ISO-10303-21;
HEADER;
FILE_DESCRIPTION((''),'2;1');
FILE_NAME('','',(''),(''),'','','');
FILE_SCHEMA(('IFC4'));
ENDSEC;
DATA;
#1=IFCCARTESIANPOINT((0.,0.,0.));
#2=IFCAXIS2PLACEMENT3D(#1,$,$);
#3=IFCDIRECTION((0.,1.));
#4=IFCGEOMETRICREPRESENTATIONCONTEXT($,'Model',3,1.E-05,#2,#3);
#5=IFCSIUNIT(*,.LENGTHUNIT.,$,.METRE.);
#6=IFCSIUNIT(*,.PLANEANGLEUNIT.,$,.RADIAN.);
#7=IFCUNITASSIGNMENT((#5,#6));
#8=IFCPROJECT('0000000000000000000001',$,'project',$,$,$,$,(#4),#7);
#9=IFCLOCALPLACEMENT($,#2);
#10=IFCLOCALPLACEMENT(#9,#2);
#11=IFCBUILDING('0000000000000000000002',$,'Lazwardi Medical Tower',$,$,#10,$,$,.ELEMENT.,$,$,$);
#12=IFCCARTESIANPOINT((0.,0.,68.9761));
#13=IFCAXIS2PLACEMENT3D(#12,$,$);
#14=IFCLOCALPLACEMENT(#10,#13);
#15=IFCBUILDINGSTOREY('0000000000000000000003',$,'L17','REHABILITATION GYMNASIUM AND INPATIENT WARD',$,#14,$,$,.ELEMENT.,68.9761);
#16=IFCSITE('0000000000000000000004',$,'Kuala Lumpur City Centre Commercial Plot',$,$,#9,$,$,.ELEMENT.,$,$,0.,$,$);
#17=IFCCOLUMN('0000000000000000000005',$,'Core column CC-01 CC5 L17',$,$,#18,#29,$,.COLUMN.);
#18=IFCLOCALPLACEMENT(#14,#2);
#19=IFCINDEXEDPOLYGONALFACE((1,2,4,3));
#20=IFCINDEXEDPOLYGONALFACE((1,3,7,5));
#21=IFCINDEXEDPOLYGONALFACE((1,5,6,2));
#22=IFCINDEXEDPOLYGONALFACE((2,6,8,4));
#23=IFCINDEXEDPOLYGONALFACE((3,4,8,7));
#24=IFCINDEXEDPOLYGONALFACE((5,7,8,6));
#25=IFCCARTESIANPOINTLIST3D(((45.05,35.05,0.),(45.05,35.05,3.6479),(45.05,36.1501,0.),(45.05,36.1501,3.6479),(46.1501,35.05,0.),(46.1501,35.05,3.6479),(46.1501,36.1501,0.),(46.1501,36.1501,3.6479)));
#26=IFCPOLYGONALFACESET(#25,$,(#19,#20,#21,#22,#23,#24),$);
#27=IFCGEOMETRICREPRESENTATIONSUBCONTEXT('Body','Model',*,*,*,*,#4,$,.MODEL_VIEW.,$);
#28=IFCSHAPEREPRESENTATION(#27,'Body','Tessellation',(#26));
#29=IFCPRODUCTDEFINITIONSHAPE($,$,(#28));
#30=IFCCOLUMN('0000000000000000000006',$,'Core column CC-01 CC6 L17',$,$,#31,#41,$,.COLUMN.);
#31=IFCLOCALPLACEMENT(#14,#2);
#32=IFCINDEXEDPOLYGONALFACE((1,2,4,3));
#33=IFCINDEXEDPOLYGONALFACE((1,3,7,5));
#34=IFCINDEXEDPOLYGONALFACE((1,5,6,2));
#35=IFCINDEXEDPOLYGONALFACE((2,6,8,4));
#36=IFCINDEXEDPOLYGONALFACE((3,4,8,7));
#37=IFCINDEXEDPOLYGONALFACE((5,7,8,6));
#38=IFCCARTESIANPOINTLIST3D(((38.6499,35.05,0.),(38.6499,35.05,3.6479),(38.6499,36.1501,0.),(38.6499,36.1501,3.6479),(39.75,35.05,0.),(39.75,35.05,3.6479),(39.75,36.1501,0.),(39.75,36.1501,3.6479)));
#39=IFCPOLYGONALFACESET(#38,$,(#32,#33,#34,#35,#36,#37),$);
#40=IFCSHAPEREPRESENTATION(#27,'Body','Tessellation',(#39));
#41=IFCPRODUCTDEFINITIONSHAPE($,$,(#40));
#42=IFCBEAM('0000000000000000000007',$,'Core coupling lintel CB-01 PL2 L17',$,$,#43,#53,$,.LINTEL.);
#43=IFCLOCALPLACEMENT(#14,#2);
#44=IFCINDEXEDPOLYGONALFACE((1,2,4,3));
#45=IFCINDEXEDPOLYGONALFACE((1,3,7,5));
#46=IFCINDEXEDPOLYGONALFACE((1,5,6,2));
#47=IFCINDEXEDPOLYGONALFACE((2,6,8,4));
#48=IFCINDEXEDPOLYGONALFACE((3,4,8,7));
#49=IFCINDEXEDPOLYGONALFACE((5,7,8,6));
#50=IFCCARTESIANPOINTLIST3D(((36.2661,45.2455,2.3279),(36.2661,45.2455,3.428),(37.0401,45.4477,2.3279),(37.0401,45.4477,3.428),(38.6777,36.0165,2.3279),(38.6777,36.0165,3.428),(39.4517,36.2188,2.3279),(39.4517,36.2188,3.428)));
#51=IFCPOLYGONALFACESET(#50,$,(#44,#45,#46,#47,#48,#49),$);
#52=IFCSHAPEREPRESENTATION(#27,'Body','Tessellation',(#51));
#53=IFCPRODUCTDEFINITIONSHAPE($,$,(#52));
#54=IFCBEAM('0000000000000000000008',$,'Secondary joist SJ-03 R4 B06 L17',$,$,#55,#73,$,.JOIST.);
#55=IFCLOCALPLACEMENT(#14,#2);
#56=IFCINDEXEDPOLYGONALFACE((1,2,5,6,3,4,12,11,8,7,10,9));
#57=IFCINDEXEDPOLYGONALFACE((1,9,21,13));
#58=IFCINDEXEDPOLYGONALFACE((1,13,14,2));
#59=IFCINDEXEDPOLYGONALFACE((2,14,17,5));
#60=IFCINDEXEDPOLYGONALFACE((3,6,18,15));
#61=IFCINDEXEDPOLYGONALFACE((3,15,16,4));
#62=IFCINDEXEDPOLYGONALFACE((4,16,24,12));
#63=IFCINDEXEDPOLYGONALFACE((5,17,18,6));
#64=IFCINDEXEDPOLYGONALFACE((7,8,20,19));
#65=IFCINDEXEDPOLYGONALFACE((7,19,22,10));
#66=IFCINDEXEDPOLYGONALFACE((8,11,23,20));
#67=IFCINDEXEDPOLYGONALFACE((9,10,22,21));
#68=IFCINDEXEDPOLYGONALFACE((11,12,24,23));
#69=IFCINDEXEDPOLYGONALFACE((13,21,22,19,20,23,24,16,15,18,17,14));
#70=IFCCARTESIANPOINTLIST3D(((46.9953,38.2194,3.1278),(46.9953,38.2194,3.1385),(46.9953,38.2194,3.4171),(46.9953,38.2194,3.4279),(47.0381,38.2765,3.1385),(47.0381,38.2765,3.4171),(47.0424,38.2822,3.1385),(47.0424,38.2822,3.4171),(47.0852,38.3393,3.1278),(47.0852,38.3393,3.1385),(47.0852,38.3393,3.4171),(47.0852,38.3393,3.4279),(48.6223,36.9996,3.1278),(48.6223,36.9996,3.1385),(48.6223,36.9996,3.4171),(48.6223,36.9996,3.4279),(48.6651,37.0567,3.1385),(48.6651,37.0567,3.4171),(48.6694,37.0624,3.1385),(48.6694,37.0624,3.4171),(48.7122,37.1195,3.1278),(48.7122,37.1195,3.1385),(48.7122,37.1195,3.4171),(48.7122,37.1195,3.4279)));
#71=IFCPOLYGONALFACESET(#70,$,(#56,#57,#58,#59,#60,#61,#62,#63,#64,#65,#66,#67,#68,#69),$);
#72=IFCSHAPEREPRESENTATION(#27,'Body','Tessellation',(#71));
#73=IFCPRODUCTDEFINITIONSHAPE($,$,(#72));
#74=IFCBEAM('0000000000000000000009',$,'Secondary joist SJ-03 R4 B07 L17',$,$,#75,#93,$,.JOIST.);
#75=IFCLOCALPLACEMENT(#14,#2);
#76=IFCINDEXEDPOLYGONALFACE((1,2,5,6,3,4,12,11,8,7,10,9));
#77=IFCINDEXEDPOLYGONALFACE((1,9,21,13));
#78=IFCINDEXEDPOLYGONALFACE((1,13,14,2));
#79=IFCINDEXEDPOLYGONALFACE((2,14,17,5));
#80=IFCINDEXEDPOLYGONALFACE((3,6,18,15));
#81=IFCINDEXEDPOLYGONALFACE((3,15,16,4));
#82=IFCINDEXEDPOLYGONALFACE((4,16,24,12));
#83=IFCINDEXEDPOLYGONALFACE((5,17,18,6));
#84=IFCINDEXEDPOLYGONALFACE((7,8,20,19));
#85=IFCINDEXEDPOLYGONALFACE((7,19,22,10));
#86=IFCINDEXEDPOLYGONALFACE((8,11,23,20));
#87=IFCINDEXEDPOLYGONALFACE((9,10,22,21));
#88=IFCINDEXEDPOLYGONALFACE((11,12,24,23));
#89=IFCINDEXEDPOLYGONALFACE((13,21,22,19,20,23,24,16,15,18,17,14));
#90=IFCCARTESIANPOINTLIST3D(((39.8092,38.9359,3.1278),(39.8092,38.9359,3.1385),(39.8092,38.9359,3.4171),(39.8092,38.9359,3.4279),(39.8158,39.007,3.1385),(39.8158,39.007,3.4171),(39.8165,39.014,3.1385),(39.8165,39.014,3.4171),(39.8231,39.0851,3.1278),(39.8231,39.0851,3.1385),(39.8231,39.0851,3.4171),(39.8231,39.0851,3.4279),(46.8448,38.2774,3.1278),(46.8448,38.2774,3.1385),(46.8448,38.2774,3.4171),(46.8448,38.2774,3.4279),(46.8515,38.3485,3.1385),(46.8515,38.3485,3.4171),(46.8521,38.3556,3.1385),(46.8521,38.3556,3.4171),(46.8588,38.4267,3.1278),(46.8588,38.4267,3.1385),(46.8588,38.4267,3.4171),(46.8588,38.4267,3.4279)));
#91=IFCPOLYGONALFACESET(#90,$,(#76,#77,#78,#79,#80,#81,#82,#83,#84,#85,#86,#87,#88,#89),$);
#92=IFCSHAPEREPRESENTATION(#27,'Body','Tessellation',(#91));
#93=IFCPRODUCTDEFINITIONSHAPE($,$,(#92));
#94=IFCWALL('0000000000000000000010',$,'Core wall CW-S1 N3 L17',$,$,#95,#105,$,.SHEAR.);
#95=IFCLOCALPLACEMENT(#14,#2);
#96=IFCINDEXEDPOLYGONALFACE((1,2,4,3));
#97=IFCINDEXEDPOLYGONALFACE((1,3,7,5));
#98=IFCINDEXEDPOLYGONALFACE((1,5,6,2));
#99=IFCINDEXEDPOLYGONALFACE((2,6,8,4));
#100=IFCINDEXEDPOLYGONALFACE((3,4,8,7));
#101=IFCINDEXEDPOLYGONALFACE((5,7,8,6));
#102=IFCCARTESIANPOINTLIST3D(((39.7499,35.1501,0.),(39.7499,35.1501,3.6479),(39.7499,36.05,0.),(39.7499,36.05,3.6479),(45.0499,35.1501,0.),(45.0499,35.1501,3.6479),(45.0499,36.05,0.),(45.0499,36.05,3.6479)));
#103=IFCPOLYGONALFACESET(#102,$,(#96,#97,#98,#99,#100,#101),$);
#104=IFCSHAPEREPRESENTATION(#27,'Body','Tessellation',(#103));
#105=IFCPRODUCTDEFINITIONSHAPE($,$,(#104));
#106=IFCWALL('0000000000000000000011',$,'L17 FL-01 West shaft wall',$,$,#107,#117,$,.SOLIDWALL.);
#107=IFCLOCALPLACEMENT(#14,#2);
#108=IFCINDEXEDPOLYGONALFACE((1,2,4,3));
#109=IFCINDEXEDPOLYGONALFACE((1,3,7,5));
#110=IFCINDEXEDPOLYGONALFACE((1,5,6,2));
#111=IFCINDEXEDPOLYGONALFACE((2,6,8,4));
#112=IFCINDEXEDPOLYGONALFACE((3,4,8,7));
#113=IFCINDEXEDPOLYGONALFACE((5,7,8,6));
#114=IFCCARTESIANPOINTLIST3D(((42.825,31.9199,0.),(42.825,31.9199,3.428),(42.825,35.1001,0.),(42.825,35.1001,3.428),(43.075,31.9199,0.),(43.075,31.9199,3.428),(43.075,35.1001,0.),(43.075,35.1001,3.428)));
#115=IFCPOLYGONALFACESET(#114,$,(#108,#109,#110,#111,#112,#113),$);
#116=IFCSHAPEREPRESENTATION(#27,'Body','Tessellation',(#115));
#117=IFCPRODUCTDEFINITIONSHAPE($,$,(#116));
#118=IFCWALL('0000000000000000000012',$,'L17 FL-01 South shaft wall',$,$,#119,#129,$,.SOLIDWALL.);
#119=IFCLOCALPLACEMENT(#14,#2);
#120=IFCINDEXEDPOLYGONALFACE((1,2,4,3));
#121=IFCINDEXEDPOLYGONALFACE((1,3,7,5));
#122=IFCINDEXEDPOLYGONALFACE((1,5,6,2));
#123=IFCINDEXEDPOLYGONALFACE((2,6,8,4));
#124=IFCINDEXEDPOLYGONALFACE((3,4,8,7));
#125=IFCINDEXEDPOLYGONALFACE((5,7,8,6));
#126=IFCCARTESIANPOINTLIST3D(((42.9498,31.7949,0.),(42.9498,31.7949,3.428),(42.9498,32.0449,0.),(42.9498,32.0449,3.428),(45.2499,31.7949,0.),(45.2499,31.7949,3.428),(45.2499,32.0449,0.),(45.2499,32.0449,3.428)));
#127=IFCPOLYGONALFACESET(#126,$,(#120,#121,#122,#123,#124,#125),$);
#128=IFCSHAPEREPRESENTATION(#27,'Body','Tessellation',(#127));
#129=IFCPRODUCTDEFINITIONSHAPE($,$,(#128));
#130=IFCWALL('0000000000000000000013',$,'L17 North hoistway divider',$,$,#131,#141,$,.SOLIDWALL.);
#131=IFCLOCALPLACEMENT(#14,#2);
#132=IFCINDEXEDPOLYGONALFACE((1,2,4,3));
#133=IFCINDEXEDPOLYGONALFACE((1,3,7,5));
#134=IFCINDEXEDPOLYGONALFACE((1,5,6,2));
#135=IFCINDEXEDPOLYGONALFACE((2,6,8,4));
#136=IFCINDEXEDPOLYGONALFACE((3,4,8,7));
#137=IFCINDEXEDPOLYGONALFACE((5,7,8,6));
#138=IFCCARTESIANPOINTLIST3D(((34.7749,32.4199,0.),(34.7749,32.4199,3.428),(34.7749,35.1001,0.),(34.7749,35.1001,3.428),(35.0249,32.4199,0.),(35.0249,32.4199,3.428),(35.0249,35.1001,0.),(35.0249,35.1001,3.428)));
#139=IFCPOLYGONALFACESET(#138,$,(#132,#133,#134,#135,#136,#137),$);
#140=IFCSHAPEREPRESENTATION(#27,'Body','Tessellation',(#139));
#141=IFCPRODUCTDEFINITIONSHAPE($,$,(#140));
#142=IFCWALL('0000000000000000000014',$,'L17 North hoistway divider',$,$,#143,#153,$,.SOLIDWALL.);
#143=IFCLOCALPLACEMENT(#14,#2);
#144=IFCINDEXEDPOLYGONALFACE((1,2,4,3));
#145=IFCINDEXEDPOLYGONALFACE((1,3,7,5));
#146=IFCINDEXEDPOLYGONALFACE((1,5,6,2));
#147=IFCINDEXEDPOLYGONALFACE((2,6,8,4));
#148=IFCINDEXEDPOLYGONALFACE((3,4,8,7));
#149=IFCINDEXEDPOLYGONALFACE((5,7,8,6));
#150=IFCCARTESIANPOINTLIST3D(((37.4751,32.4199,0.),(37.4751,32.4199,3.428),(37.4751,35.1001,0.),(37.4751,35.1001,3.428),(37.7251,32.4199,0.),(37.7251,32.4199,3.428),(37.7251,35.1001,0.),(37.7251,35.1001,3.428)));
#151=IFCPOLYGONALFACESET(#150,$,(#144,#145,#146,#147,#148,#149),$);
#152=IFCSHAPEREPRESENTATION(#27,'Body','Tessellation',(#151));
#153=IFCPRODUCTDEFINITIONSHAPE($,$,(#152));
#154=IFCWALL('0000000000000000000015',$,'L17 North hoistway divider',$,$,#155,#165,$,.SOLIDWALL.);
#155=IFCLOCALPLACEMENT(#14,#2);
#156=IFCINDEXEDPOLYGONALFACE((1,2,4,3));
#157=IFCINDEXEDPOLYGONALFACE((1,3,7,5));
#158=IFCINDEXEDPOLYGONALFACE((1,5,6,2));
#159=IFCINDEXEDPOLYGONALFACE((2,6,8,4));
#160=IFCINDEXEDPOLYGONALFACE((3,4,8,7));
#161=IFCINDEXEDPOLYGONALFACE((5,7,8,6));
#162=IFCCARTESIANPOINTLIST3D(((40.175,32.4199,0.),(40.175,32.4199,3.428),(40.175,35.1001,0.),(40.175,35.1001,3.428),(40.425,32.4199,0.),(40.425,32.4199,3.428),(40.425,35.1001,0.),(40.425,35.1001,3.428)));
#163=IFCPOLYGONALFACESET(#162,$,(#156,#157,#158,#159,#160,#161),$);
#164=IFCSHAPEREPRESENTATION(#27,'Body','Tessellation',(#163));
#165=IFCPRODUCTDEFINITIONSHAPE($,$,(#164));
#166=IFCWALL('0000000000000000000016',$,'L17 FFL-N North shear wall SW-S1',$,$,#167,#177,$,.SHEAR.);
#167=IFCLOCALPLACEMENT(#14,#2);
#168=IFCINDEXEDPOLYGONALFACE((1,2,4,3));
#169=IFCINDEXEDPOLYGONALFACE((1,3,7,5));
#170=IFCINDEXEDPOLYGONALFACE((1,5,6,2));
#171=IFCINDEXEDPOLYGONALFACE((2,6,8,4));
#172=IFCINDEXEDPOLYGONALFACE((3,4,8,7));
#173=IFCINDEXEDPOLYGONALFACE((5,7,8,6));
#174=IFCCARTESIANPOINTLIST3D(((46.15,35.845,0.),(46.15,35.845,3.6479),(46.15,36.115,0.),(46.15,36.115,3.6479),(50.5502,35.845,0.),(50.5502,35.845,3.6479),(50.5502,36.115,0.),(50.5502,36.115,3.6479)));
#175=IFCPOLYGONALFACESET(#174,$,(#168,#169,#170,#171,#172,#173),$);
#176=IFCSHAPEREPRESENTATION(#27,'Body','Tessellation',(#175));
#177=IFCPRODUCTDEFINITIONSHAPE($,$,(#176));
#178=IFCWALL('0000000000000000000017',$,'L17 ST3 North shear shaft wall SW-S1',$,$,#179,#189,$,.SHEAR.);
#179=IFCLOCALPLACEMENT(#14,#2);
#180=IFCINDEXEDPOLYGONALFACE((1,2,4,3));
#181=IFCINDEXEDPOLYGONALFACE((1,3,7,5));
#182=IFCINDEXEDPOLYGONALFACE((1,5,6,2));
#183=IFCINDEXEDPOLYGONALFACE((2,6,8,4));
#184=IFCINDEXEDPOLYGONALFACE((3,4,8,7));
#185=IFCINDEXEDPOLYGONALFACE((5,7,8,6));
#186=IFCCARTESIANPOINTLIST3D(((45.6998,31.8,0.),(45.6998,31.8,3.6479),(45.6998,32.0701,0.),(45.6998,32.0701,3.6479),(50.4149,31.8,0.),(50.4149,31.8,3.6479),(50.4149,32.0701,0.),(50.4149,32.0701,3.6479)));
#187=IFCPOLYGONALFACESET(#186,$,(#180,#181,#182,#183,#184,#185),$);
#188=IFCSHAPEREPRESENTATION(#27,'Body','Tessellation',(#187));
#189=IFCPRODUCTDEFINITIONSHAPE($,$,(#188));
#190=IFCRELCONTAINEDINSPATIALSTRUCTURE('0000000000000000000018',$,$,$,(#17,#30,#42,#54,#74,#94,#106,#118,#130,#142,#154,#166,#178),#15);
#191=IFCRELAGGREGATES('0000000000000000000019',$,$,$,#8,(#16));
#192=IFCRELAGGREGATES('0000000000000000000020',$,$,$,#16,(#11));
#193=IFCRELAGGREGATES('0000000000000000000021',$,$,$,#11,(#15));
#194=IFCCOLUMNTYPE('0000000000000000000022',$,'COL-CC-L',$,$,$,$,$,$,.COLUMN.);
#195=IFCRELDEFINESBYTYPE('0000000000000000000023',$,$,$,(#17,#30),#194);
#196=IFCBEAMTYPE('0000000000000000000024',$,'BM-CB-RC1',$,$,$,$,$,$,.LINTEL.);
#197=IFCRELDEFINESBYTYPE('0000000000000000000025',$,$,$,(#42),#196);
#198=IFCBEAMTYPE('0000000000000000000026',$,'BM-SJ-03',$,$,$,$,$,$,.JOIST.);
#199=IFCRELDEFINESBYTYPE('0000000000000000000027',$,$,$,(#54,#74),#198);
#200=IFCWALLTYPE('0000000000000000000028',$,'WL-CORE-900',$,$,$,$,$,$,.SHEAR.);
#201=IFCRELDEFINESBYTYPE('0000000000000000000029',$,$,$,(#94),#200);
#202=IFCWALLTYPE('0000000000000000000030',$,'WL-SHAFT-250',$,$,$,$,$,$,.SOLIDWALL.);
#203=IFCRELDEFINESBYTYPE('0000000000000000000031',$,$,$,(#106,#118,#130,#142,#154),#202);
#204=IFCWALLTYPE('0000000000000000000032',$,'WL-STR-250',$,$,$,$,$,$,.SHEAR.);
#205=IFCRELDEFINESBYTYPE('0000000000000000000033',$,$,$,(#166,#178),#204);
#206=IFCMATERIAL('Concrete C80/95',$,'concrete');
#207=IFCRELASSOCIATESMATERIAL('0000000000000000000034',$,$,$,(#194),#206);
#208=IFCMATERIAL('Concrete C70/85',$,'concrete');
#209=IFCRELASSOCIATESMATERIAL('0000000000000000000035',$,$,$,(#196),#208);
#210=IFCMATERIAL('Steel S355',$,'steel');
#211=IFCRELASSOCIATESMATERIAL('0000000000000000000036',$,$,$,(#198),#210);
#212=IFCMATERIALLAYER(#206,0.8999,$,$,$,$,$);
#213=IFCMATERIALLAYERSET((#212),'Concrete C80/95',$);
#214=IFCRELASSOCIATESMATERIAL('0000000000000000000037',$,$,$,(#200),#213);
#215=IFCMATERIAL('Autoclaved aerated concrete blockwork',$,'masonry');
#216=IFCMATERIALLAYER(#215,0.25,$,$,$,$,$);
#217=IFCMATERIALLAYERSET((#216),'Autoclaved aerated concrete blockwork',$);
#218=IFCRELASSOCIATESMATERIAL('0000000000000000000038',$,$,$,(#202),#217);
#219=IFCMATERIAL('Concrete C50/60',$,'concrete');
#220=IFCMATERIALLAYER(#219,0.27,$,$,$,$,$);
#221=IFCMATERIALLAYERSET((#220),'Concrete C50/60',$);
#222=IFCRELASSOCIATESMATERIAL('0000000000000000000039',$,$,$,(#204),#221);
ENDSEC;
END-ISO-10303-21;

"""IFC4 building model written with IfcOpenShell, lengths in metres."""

from ifc_helpers import new_model, si_unit, direction, frame, frame_2d, origin, origin_2d, place, context, subcontext, project, spatial, rectangle, i_section, extrude, material, layer, layer_set, material_profile, profile_set, type_object, element, save


model = new_model("IFC4")

# Units and contexts
model_context = context("Model", 3, precision=1e-05, world=origin(), true_north=direction((0.0, 1.0)))
body_context = subcontext(model_context, "Body", "Model", "MODEL_VIEW")
ifc_project = project(units=[si_unit("LENGTHUNIT", "METRE"), si_unit("PLANEANGLEUNIT", "RADIAN")], contexts=[model_context])

# Site, building, storey
site_placement = place(None, origin())
site = spatial("IfcSite", under=ifc_project, at=site_placement, Name="Kuala Lumpur City Centre Commercial Plot", CompositionType="ELEMENT", RefElevation=0.0)
building_placement = place(site_placement, origin())
building = spatial("IfcBuilding", under=site, at=building_placement, Name="Lazwardi Medical Tower", CompositionType="ELEMENT")
storey_placement = place(building_placement, frame((0.0, 0.0, 68.9761)))
storey = spatial("IfcBuildingStorey", under=building, at=storey_placement, Name="L17", Description="REHABILITATION GYMNASIUM AND INPATIENT WARD", CompositionType="ELEMENT", Elevation=68.9761)

# Columns
ifc_material_1 = material(Name="Concrete C80/95", Category="concrete")
ifc_material_profile_1 = material_profile(ifc_material_1, rectangle(XDim=1.1001, YDim=1.1001, at=origin_2d()), Name="RC 1100x1100")
ifc_profile_set_1 = profile_set([ifc_material_profile_1], Name="Concrete C80/95")
column_type = type_object("IfcColumnType", Name="COL-CC-L", PredefinedType="COLUMN", material=ifc_profile_set_1)
for number, where, z_axis, x_axis, name in (
    (1, (45.6001, 35.6001, 0.0), (0.0, 0.0, 1.0), (1.0, 0.0, 0.0), "Core column CC-01 CC5 L17"),
    (2, (39.2, 35.6001, 0.0), (0.0, 0.0, 1.0), (1.0, 0.0, 0.0), "Core column CC-01 CC6 L17"),
):
    element("IfcColumn", number, at=place(storey_placement, frame(where, z_axis=z_axis, x_axis=x_axis)), inside=storey, type_object=column_type, Name=name, PredefinedType="COLUMN", context=body_context, shape_type="SweptSolid", body=[
        extrude(rectangle(XDim=1.1001, YDim=1.1001, at=origin_2d()), origin(), (0.0, 0.0, 1.0), 3.6479),
    ])

# Beams
ifc_material_2 = material(Name="Concrete C70/85", Category="concrete")
ifc_material_profile_2 = material_profile(ifc_material_2, rectangle(XDim=0.8, YDim=1.1001, at=origin_2d()), Name="RC 800x1100")
ifc_profile_set_2 = profile_set([ifc_material_profile_2], Name="Concrete C70/85")
beam_type_1 = type_object("IfcBeamType", Name="BM-CB-RC1", PredefinedType="LINTEL", material=ifc_profile_set_2)
beam_1_placement = place(storey_placement, frame((39.0647, 36.1177, 2.8779), z_axis=(-0.25282, 0.967513, 0.0), x_axis=(-0.967513, -0.25282, 0.0)))
element("IfcBeam", 3, at=beam_1_placement, inside=storey, type_object=beam_type_1, Name="Core coupling lintel CB-01 PL2 L17", PredefinedType="LINTEL", context=body_context, shape_type="SweptSolid", body=[
    extrude(rectangle(XDim=0.8, YDim=1.1001, at=origin_2d()), origin(), (0.0, 0.0, 1.0), 9.5388),
])
ifc_material_3 = material(Name="Steel S355", Category="steel")
ifc_material_profile_3 = material_profile(ifc_material_3, i_section(OverallWidth=0.1499, OverallDepth=0.3, WebThickness=0.0071, FlangeThickness=0.0107, at=origin_2d()), Name="IPE 300")
ifc_profile_set_3 = profile_set([ifc_material_profile_3], Name="Steel S355")
beam_type_2 = type_object("IfcBeamType", Name="BM-SJ-03", PredefinedType="JOIST", material=ifc_profile_set_3)
beam_2_placement = place(storey_placement, frame((48.6672, 37.0596, 3.2778), z_axis=(-0.800115, 0.599846, 0.0), x_axis=(-0.599846, -0.800115, 0.0)))
element("IfcBeam", 4, at=beam_2_placement, inside=storey, type_object=beam_type_2, Name="Secondary joist SJ-03 R4 B06 L17", PredefinedType="JOIST", context=body_context, shape_type="SweptSolid", body=[
    extrude(i_section(OverallWidth=0.1499, OverallDepth=0.3, WebThickness=0.0071, FlangeThickness=0.0107, at=origin_2d()), origin(), (0.0, 0.0, 1.0), 2.0334),
])
beam_3_placement = place(storey_placement, frame((46.8518, 38.3521, 3.2778), z_axis=(-0.995649, 0.09318, 0.0), x_axis=(-0.09318, -0.995649, 0.0)))
element("IfcBeam", 5, at=beam_3_placement, inside=storey, type_object=beam_type_2, Name="Secondary joist SJ-03 R4 B07 L17", PredefinedType="JOIST", context=body_context, shape_type="SweptSolid", body=[
    extrude(i_section(OverallWidth=0.1499, OverallDepth=0.3, WebThickness=0.0071, FlangeThickness=0.0107, at=origin_2d()), origin(), (0.0, 0.0, 1.0), 7.0664),
])

# Walls
ifc_layer_1 = layer(ifc_material_1, 0.8999)
ifc_layer_set_1 = layer_set([ifc_layer_1], Name="Concrete C80/95")
wall_type_1 = type_object("IfcWallType", Name="WL-CORE-900", PredefinedType="SHEAR", material=ifc_layer_set_1)
wall_1_placement = place(storey_placement, frame((39.75, 35.6001, 0.0), z_axis=(0.0, 0.0, 1.0), x_axis=(1.0, 0.0, 0.0)))
element("IfcWall", 6, at=wall_1_placement, inside=storey, type_object=wall_type_1, Name="Core wall CW-S1 N3 L17", PredefinedType="SHEAR", context=body_context, shape_type="SweptSolid", body=[
    extrude(rectangle(XDim=5.3, YDim=0.8999, at=frame_2d((2.6499, 0.0))), origin(), (0.0, 0.0, 1.0), 3.6479),
])
ifc_material_4 = material(Name="Autoclaved aerated concrete blockwork", Category="masonry")
ifc_layer_2 = layer(ifc_material_4, 0.25)
ifc_layer_set_2 = layer_set([ifc_layer_2], Name="Autoclaved aerated concrete blockwork")
wall_type_2 = type_object("IfcWallType", Name="WL-SHAFT-250", PredefinedType="SOLIDWALL", material=ifc_layer_set_2)
wall_2_placement = place(storey_placement, frame((42.95, 31.9199, 0.0), z_axis=(0.0, 0.0, 1.0), x_axis=(0.0, 1.0, 0.0)))
element("IfcWall", 7, at=wall_2_placement, inside=storey, type_object=wall_type_2, Name="L17 FL-01 West shaft wall", PredefinedType="SOLIDWALL", context=body_context, shape_type="SweptSolid", body=[
    extrude(rectangle(XDim=3.1802, YDim=0.25, at=frame_2d((1.5901, 0.0))), origin(), (0.0, 0.0, 1.0), 3.428),
])
wall_3_placement = place(storey_placement, frame((42.95, 31.9199, 0.0), z_axis=(0.0, 0.0, 1.0), x_axis=(1.0, 0.0, 0.0)))
element("IfcWall", 8, at=wall_3_placement, inside=storey, type_object=wall_type_2, Name="L17 FL-01 South shaft wall", PredefinedType="SOLIDWALL", context=body_context, shape_type="SweptSolid", body=[
    extrude(rectangle(XDim=2.3, YDim=0.25, at=frame_2d((1.1499, 0.0))), origin(), (0.0, 0.0, 1.0), 3.428),
])
for number, where, z_axis, x_axis, name in (
    (9, (34.8999, 32.4199, 0.0), (0.0, 0.0, 1.0), (0.0, 1.0, 0.0), "L17 North hoistway divider"),
    (10, (37.6001, 32.4199, 0.0), (0.0, 0.0, 1.0), (0.0, 1.0, 0.0), "L17 North hoistway divider"),
    (11, (40.3, 32.4199, 0.0), (0.0, 0.0, 1.0), (0.0, 1.0, 0.0), "L17 North hoistway divider"),
):
    element("IfcWall", number, at=place(storey_placement, frame(where, z_axis=z_axis, x_axis=x_axis)), inside=storey, type_object=wall_type_2, Name=name, PredefinedType="SOLIDWALL", context=body_context, shape_type="SweptSolid", body=[
        extrude(rectangle(XDim=2.6802, YDim=0.25, at=frame_2d((1.3401, 0.0))), origin(), (0.0, 0.0, 1.0), 3.428),
    ])

# Shared definitions
ifc_material_5 = material(Name="Concrete C50/60", Category="concrete")
ifc_layer_3 = layer(ifc_material_5, 0.27)
ifc_layer_set_3 = layer_set([ifc_layer_3], Name="Concrete C50/60")
wall_type_3 = type_object("IfcWallType", Name="WL-STR-250", PredefinedType="SHEAR", material=ifc_layer_set_3)

# Walls
wall_4_placement = place(storey_placement, frame((46.1499, 35.98, 0.0), z_axis=(0.0, 0.0, 1.0), x_axis=(1.0, 0.0, 0.0)))
element("IfcWall", 12, at=wall_4_placement, inside=storey, type_object=wall_type_3, Name="L17 FFL-N North shear wall SW-S1", PredefinedType="SHEAR", context=body_context, shape_type="SweptSolid", body=[
    extrude(rectangle(XDim=4.4001, YDim=0.27, at=frame_2d((2.2002, 0.0))), origin(), (0.0, 0.0, 1.0), 3.6479),
])
wall_5_placement = place(storey_placement, frame((45.7, 31.9351, 0.0), z_axis=(0.0, 0.0, 1.0), x_axis=(1.0, 0.0, 0.0)))
element("IfcWall", 13, at=wall_5_placement, inside=storey, type_object=wall_type_3, Name="L17 ST3 North shear shaft wall SW-S1", PredefinedType="SHEAR", context=body_context, shape_type="SweptSolid", body=[
    extrude(rectangle(XDim=4.7151, YDim=0.27, at=frame_2d((2.3574, 0.0))), origin(), (0.0, 0.0, 1.0), 3.6479),
])

save(model, "model.ifc")
